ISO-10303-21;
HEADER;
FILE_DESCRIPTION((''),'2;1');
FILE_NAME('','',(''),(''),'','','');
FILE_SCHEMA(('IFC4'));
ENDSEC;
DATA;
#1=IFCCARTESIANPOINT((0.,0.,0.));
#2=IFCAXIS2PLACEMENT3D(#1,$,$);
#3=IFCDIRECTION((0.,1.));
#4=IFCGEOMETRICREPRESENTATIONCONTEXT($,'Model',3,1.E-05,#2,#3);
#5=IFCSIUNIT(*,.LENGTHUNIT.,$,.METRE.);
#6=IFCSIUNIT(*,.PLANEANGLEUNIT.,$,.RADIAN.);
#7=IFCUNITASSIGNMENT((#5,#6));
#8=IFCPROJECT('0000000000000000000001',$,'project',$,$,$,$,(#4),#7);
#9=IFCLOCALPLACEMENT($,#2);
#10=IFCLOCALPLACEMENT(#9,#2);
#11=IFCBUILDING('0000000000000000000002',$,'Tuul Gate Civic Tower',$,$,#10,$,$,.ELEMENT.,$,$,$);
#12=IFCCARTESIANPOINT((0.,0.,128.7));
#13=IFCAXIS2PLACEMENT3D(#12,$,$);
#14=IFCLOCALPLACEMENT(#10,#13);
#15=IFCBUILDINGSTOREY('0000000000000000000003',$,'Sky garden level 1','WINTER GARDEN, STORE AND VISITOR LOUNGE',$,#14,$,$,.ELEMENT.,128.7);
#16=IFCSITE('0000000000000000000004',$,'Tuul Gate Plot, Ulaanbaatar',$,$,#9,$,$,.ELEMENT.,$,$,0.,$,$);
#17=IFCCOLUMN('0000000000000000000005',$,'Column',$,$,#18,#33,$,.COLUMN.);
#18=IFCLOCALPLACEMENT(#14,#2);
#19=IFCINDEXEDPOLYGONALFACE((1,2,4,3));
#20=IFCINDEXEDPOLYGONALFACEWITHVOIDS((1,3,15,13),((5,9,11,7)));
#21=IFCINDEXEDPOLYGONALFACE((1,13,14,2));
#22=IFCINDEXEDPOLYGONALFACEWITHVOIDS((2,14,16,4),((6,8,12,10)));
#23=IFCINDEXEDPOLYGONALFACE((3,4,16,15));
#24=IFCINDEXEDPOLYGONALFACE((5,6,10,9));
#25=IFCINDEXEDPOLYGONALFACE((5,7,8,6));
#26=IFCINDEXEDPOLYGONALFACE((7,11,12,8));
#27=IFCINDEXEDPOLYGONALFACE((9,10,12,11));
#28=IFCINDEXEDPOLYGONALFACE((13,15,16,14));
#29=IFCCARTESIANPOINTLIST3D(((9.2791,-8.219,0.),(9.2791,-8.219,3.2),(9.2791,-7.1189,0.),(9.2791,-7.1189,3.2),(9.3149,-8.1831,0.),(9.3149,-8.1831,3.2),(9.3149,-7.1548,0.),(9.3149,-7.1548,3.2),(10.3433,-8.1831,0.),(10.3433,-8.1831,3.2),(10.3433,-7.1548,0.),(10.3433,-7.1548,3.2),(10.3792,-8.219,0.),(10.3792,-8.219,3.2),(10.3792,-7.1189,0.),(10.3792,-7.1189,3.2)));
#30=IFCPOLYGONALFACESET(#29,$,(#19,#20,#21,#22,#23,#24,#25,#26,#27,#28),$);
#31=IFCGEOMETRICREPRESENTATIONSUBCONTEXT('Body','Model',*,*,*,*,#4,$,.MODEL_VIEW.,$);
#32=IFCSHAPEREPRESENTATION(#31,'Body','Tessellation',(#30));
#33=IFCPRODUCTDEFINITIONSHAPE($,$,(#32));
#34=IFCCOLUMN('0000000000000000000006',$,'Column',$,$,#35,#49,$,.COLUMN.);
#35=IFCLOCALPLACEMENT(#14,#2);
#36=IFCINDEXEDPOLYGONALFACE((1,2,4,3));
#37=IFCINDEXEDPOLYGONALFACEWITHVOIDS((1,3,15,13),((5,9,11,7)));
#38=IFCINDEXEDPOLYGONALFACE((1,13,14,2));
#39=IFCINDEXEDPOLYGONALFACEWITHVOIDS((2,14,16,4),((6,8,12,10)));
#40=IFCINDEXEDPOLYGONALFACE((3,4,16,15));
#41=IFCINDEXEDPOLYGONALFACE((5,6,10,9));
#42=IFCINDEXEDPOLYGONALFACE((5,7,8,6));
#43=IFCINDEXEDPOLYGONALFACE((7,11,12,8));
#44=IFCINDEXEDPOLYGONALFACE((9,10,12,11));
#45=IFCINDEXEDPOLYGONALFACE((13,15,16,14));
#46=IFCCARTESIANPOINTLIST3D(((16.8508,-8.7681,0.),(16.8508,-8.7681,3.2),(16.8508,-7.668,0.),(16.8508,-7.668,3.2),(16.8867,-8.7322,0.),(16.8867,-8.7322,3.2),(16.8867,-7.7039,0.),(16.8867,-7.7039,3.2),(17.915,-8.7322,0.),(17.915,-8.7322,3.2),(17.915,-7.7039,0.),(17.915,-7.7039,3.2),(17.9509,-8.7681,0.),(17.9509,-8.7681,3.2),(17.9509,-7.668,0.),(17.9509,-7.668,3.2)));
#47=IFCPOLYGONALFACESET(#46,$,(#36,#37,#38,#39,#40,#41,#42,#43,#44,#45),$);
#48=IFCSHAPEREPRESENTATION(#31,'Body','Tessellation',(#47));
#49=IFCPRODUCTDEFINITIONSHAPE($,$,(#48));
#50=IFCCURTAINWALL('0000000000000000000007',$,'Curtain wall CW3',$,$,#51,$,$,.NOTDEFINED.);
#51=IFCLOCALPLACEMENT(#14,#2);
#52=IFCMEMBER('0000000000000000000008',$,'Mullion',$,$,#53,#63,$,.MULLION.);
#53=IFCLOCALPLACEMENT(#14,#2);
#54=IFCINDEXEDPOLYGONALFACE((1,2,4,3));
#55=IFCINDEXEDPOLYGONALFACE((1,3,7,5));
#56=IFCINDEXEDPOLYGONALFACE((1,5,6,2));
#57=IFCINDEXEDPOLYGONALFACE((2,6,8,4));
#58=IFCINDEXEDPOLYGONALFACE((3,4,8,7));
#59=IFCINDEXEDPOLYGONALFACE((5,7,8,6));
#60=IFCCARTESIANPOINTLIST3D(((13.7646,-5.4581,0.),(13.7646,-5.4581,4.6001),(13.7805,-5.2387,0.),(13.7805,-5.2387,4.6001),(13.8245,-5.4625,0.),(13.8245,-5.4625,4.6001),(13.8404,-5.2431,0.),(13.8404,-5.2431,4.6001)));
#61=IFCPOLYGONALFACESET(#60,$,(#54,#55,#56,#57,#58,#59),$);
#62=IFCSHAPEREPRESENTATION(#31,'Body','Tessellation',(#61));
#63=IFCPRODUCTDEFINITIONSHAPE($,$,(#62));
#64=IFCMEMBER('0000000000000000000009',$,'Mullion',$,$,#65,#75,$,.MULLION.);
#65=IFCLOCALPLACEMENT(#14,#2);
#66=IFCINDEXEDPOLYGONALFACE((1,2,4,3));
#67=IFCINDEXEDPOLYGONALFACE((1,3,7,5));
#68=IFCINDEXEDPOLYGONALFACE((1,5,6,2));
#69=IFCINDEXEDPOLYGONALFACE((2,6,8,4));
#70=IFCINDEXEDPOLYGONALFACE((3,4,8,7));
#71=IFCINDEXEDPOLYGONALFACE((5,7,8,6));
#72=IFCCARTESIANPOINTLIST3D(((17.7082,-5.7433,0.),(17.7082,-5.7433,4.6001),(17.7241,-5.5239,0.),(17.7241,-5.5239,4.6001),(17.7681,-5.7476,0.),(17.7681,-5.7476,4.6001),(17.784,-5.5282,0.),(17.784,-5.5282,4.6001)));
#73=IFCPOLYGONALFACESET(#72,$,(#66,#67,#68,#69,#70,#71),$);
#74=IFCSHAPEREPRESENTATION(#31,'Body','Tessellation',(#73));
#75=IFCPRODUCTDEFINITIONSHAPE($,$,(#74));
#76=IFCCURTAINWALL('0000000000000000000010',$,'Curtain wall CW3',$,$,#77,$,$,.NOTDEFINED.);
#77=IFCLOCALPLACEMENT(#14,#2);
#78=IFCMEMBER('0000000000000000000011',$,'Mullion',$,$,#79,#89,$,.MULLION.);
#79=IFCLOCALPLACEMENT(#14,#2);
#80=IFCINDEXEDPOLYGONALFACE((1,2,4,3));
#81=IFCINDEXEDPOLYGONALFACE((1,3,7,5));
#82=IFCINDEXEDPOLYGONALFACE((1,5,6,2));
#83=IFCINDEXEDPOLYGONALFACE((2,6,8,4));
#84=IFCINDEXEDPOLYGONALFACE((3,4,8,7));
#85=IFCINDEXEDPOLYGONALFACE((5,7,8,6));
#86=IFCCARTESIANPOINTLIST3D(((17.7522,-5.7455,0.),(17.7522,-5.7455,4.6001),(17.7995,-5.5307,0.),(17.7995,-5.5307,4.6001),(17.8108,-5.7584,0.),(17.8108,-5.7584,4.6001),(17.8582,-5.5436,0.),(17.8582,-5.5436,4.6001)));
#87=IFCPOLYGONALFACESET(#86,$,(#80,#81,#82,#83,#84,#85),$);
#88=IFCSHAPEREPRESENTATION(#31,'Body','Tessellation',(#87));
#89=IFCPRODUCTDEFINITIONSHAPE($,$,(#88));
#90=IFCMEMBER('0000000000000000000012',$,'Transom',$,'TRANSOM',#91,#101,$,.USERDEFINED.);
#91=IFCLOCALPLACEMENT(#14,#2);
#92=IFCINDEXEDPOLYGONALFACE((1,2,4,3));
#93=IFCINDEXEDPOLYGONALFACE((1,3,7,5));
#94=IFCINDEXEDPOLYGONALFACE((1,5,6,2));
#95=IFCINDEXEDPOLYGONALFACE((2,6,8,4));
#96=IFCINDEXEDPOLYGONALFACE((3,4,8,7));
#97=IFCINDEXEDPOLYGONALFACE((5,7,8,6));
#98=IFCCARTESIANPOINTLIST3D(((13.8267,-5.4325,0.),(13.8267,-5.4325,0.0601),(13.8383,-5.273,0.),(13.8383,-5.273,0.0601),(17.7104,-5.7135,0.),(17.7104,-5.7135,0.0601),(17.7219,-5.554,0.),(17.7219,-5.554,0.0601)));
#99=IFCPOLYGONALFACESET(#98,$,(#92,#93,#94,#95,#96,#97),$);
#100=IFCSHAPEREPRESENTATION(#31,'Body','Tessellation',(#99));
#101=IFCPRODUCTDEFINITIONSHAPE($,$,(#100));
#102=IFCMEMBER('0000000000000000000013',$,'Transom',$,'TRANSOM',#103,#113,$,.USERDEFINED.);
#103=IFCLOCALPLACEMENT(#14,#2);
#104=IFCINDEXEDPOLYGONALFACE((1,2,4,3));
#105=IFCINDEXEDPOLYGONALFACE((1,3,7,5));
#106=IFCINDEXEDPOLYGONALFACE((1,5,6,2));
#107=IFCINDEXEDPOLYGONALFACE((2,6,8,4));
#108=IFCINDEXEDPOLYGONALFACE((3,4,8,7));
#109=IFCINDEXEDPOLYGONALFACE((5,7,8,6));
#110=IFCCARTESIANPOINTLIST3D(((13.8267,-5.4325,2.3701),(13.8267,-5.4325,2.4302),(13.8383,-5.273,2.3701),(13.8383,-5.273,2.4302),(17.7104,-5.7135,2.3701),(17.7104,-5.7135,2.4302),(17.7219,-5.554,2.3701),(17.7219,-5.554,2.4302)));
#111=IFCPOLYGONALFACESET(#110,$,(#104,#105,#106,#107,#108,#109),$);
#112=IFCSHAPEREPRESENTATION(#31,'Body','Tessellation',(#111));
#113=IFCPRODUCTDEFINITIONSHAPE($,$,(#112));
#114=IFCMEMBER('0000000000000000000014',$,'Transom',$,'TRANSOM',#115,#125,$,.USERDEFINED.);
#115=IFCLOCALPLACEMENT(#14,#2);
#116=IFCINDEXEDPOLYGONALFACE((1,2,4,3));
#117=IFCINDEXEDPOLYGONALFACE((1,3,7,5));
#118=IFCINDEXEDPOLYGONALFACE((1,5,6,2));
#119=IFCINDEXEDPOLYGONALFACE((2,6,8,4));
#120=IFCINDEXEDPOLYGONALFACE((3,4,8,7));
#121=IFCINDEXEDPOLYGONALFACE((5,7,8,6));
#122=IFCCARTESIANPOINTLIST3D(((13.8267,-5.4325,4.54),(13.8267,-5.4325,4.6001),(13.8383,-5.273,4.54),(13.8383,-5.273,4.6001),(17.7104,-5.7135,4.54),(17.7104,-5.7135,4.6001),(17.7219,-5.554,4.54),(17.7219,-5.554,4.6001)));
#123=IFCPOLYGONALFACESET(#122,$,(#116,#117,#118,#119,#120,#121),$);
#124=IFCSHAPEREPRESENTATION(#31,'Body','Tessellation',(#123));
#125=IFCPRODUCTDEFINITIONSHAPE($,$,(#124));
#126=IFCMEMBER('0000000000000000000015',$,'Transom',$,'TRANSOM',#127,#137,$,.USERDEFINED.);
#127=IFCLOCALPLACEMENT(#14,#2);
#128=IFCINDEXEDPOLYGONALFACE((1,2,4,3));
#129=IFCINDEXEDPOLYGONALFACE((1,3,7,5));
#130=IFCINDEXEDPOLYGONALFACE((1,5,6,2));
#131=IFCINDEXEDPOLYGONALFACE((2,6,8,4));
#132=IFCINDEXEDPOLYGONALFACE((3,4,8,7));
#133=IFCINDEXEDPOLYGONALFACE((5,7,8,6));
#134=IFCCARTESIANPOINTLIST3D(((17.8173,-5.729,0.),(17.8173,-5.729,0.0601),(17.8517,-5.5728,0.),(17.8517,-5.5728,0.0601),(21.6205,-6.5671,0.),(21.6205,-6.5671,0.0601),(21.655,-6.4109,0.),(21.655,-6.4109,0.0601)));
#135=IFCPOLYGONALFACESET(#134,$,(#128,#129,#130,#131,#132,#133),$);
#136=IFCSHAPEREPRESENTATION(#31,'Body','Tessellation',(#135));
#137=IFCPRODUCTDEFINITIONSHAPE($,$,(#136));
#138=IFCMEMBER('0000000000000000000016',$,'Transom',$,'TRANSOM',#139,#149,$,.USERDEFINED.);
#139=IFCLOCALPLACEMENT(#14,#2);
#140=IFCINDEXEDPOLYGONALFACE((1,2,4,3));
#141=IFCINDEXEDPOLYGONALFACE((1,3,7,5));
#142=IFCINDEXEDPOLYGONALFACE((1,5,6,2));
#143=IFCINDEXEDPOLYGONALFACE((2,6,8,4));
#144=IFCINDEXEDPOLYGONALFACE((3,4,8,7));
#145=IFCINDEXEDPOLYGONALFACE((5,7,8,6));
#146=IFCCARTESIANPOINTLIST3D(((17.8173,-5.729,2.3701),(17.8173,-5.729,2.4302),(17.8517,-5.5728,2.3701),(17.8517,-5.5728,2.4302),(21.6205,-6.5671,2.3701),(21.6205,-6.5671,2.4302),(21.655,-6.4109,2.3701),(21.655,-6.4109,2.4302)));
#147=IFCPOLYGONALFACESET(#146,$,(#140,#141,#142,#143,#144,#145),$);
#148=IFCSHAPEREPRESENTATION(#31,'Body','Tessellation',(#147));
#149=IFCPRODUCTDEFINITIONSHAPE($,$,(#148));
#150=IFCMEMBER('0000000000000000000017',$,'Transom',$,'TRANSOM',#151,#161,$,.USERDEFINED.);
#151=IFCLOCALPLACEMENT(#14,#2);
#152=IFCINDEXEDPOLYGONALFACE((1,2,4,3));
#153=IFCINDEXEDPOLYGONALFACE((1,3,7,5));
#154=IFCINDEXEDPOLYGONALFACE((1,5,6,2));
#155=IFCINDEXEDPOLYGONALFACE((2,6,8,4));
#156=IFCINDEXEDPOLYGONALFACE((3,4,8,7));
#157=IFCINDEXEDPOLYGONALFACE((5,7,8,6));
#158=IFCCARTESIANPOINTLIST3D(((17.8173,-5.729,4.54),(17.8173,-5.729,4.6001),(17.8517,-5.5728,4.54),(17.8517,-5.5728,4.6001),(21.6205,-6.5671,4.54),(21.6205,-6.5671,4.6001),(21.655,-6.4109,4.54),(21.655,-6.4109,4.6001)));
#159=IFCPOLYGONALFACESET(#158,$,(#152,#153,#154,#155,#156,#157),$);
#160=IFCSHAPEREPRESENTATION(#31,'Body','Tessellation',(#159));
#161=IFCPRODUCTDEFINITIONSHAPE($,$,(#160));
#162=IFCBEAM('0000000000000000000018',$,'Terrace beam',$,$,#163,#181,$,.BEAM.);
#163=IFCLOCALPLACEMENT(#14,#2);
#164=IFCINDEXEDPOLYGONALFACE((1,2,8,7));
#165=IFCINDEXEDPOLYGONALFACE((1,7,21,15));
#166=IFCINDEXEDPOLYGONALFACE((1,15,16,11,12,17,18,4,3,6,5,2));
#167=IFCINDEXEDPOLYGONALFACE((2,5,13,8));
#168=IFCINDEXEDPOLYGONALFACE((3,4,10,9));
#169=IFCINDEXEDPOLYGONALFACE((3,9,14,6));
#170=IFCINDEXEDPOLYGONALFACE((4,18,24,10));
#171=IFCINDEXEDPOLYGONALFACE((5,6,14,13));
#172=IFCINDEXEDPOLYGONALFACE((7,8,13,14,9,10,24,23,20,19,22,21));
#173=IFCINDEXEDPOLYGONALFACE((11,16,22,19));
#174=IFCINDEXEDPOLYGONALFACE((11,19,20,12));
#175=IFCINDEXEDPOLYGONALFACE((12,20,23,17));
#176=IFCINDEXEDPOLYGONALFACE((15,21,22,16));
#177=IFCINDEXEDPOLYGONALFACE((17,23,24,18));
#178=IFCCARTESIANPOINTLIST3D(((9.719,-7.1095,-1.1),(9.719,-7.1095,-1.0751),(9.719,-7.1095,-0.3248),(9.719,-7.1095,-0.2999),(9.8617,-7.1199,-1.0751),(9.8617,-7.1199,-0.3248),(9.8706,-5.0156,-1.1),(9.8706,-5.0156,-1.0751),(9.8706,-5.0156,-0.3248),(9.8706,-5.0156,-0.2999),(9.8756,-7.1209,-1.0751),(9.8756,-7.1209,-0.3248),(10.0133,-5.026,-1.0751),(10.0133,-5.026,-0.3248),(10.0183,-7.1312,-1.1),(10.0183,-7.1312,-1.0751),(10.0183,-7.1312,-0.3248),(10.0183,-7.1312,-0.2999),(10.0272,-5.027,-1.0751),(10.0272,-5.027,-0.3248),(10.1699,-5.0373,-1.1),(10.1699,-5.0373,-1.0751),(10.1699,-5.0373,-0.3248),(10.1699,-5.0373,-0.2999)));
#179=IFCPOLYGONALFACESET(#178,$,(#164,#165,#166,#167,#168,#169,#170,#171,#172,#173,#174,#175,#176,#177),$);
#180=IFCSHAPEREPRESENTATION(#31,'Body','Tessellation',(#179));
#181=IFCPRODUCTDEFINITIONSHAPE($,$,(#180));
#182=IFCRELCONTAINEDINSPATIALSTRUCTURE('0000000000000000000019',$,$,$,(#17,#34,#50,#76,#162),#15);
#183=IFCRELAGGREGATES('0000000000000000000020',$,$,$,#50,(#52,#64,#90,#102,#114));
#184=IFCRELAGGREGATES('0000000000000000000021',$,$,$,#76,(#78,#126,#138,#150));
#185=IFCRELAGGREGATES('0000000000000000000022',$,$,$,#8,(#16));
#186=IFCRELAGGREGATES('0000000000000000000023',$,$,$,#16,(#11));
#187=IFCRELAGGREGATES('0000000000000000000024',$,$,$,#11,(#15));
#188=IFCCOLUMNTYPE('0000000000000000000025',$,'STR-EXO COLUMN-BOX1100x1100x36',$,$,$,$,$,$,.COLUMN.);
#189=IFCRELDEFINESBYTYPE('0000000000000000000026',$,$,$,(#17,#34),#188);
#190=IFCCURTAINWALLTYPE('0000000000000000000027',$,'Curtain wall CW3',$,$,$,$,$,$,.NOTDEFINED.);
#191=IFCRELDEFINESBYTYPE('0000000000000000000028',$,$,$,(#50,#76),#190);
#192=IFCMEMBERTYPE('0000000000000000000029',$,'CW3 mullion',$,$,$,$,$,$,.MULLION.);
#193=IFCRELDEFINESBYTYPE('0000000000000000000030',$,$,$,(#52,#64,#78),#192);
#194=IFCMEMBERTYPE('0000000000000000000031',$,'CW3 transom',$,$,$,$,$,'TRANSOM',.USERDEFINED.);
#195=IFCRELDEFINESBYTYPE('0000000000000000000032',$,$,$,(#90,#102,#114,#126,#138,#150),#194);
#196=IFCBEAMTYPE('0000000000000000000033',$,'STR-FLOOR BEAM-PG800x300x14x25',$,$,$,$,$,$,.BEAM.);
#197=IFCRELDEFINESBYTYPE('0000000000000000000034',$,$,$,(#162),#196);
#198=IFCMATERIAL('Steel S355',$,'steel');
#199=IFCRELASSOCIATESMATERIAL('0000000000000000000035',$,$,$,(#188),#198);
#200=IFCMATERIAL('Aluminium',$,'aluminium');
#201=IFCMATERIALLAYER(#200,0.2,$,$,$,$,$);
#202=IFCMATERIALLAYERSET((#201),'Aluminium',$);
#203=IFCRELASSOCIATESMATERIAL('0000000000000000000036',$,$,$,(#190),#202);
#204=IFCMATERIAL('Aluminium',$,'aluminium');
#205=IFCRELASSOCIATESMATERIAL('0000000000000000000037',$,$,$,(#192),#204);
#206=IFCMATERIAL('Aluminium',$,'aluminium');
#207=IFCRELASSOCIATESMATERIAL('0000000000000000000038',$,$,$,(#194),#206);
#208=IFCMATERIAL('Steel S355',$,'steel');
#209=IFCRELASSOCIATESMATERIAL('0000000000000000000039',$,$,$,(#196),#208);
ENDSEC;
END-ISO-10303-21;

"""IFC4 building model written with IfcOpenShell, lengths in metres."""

from ifc_helpers import new_model, si_unit, direction, frame, origin, origin_2d, place, context, subcontext, project, spatial, rectangle, hollow_rectangle, i_section, extrude, material, layer, layer_set, material_profile, profile_set, type_object, element, aggregate, save


model = new_model("IFC4")

# Units and contexts
model_context = context("Model", 3, precision=1e-05, world=origin(), true_north=direction((0.0, 1.0)))
body_context = subcontext(model_context, "Body", "Model", "MODEL_VIEW")
ifc_project = project(units=[si_unit("LENGTHUNIT", "METRE"), si_unit("PLANEANGLEUNIT", "RADIAN")], contexts=[model_context])

# Site, building, storey
site_placement = place(None, origin())
site = spatial("IfcSite", under=ifc_project, at=site_placement, Name="Tuul Gate Plot, Ulaanbaatar", CompositionType="ELEMENT", RefElevation=0.0)
building_placement = place(site_placement, origin())
building = spatial("IfcBuilding", under=site, at=building_placement, Name="Tuul Gate Civic Tower", CompositionType="ELEMENT")
storey_placement = place(building_placement, frame((0.0, 0.0, 128.7)))
storey = spatial("IfcBuildingStorey", under=building, at=storey_placement, Name="Sky garden level 1", Description="WINTER GARDEN, STORE AND VISITOR LOUNGE", CompositionType="ELEMENT", Elevation=128.7)

# Columns
ifc_material_1 = material(Name="Steel S355", Category="steel")
ifc_material_profile_1 = material_profile(ifc_material_1, hollow_rectangle(XDim=1.1001, YDim=1.1001, WallThickness=0.0359, at=origin_2d()), Name="BOX1100x1100x36")
ifc_profile_set_1 = profile_set([ifc_material_profile_1], Name="Steel S355")
column_type = type_object("IfcColumnType", Name="STR-EXO COLUMN-BOX1100x1100x36", PredefinedType="COLUMN", material=ifc_profile_set_1)
for number, where, z_axis, x_axis, name in (
    (1, (9.8291, -7.6689, 0.0), (0.0, 0.0, 1.0), (1.0, 0.0, 0.0), "Column"),
    (2, (17.4009, -8.218, 0.0), (0.0, 0.0, 1.0), (1.0, 0.0, 0.0), "Column"),
):
    element("IfcColumn", number, at=place(storey_placement, frame(where, z_axis=z_axis, x_axis=x_axis)), inside=storey, type_object=column_type, Name=name, PredefinedType="COLUMN", context=body_context, shape_type="SweptSolid", body=[
        extrude(hollow_rectangle(XDim=1.1001, YDim=1.1001, WallThickness=0.0359, at=origin_2d()), origin(), (0.0, 0.0, 1.0), 3.2),
    ])

# Curtain wall, members
ifc_material_2 = material(Name="Aluminium", Category="aluminium")
ifc_layer_1 = layer(ifc_material_2, 0.2)
ifc_layer_set_1 = layer_set([ifc_layer_1], Name="Aluminium")
curtain_wall_type = type_object("IfcCurtainWallType", Name="Curtain wall CW3", PredefinedType="NOTDEFINED", material=ifc_layer_set_1)
curtain_wall_1_placement = place(storey_placement, origin())
curtain_wall_1 = element("IfcCurtainWall", 3, at=curtain_wall_1_placement, inside=storey, type_object=curtain_wall_type, Name="Curtain wall CW3", PredefinedType="NOTDEFINED")
ifc_material_3 = material(Name="Aluminium", Category="aluminium")
ifc_material_profile_2 = material_profile(ifc_material_3, rectangle(XDim=0.22, YDim=0.0601, at=origin_2d()), Name="CW3 mullion")
ifc_profile_set_2 = profile_set([ifc_material_profile_2], Name="Aluminium")
member_type_1 = type_object("IfcMemberType", Name="CW3 mullion", PredefinedType="MULLION", material=ifc_profile_set_2)
member_1_placement = place(storey_placement, frame((13.8025, -5.3506, 0.0), z_axis=(0.0, 0.0, 1.0), x_axis=(0.072166, 0.997393, 0.0)))
member_1 = element("IfcMember", 4, at=member_1_placement, type_object=member_type_1, Name="Mullion", PredefinedType="MULLION", context=body_context, shape_type="SweptSolid", body=[
    extrude(rectangle(XDim=0.22, YDim=0.0601, at=origin_2d()), origin(), (0.0, 0.0, 1.0), 4.6001),
])
member_2_placement = place(storey_placement, frame((17.7461, -5.6357, 0.0), z_axis=(0.0, 0.0, 1.0), x_axis=(0.072166, 0.997393, 0.0)))
member_2 = element("IfcMember", 5, at=member_2_placement, type_object=member_type_1, Name="Mullion", PredefinedType="MULLION", context=body_context, shape_type="SweptSolid", body=[
    extrude(rectangle(XDim=0.22, YDim=0.0601, at=origin_2d()), origin(), (0.0, 0.0, 1.0), 4.6001),
])

# Curtain wall, member
curtain_wall_2_placement = place(storey_placement, origin())
curtain_wall_2 = element("IfcCurtainWall", 6, at=curtain_wall_2_placement, inside=storey, type_object=curtain_wall_type, Name="Curtain wall CW3", PredefinedType="NOTDEFINED")
member_3_placement = place(storey_placement, frame((17.8052, -5.6445, 0.0), z_axis=(0.0, 0.0, 1.0), x_axis=(0.215216, 0.976566, 0.0)))
member_3 = element("IfcMember", 7, at=member_3_placement, type_object=member_type_1, Name="Mullion", PredefinedType="MULLION", context=body_context, shape_type="SweptSolid", body=[
    extrude(rectangle(XDim=0.22, YDim=0.0601, at=origin_2d()), origin(), (0.0, 0.0, 1.0), 4.6001),
])

# Members
ifc_material_4 = material(Name="Aluminium", Category="aluminium")
ifc_material_profile_3 = material_profile(ifc_material_4, rectangle(XDim=0.1599, YDim=0.0601, at=origin_2d()), Name="CW3 transom")
ifc_profile_set_3 = profile_set([ifc_material_profile_3], Name="Aluminium")
member_type_2 = type_object("IfcMemberType", Name="CW3 transom", ElementType="TRANSOM", PredefinedType="USERDEFINED", material=ifc_profile_set_3)
member_4_placement = place(storey_placement, frame((13.8325, -5.3528, 0.03), z_axis=(0.997392, -0.072169, 0.0), x_axis=(0.072169, 0.997392, 0.0)))
member_4 = element("IfcMember", 8, at=member_4_placement, type_object=member_type_2, Name="Transom", ObjectType="TRANSOM", PredefinedType="USERDEFINED", context=body_context, shape_type="SweptSolid", body=[
    extrude(rectangle(XDim=0.1599, YDim=0.0601, at=origin_2d()), origin(), (0.0, 0.0, 1.0), 3.8938),
])
member_5_placement = place(storey_placement, frame((13.8325, -5.3528, 2.4001), z_axis=(0.997392, -0.072169, 0.0), x_axis=(0.072169, 0.997392, 0.0)))
member_5 = element("IfcMember", 9, at=member_5_placement, type_object=member_type_2, Name="Transom", ObjectType="TRANSOM", PredefinedType="USERDEFINED", context=body_context, shape_type="SweptSolid", body=[
    extrude(rectangle(XDim=0.1599, YDim=0.0601, at=origin_2d()), origin(), (0.0, 0.0, 1.0), 3.8938),
])
member_6_placement = place(storey_placement, frame((13.8325, -5.3528, 4.5701), z_axis=(0.997392, -0.072169, 0.0), x_axis=(0.072169, 0.997392, 0.0)))
member_6 = element("IfcMember", 10, at=member_6_placement, type_object=member_type_2, Name="Transom", ObjectType="TRANSOM", PredefinedType="USERDEFINED", context=body_context, shape_type="SweptSolid", body=[
    extrude(rectangle(XDim=0.1599, YDim=0.0601, at=origin_2d()), origin(), (0.0, 0.0, 1.0), 3.8938),
])
member_7_placement = place(storey_placement, frame((17.8345, -5.6509, 0.03), z_axis=(0.976568, -0.215211, 0.0), x_axis=(0.215211, 0.976568, 0.0)))
member_7 = element("IfcMember", 11, at=member_7_placement, type_object=member_type_2, Name="Transom", ObjectType="TRANSOM", PredefinedType="USERDEFINED", context=body_context, shape_type="SweptSolid", body=[
    extrude(rectangle(XDim=0.1599, YDim=0.0601, at=origin_2d()), origin(), (0.0, 0.0, 1.0), 3.8945),
])
member_8_placement = place(storey_placement, frame((17.8345, -5.6509, 2.4001), z_axis=(0.976568, -0.215211, 0.0), x_axis=(0.215211, 0.976568, 0.0)))
member_8 = element("IfcMember", 12, at=member_8_placement, type_object=member_type_2, Name="Transom", ObjectType="TRANSOM", PredefinedType="USERDEFINED", context=body_context, shape_type="SweptSolid", body=[
    extrude(rectangle(XDim=0.1599, YDim=0.0601, at=origin_2d()), origin(), (0.0, 0.0, 1.0), 3.8945),
])
member_9_placement = place(storey_placement, frame((17.8345, -5.6509, 4.5701), z_axis=(0.976568, -0.215211, 0.0), x_axis=(0.215211, 0.976568, 0.0)))
member_9 = element("IfcMember", 13, at=member_9_placement, type_object=member_type_2, Name="Transom", ObjectType="TRANSOM", PredefinedType="USERDEFINED", context=body_context, shape_type="SweptSolid", body=[
    extrude(rectangle(XDim=0.1599, YDim=0.0601, at=origin_2d()), origin(), (0.0, 0.0, 1.0), 3.8945),
])

# Beam
ifc_material_5 = material(Name="Steel S355", Category="steel")
ifc_material_profile_4 = material_profile(ifc_material_5, i_section(OverallWidth=0.3, OverallDepth=0.8, WebThickness=0.0139, FlangeThickness=0.0249, at=origin_2d()), Name="PG800x300x14x25")
ifc_profile_set_4 = profile_set([ifc_material_profile_4], Name="Steel S355")
beam_type_1 = type_object("IfcBeamType", Name="STR-FLOOR BEAM-PG800x300x14x25", PredefinedType="BEAM", material=ifc_profile_set_4)
beam_1_placement = place(storey_placement, frame((9.8687, -7.1204, -0.7), z_axis=(0.072214, 0.997389, 0.0), x_axis=(-0.997389, 0.072214, 0.0)))
element("IfcBeam", 14, at=beam_1_placement, inside=storey, type_object=beam_type_1, Name="Terrace beam", PredefinedType="BEAM", context=body_context, shape_type="SweptSolid", body=[
    extrude(i_section(OverallWidth=0.3, OverallDepth=0.8, WebThickness=0.0139, FlangeThickness=0.0249, at=origin_2d()), origin(), (0.0, 0.0, 1.0), 2.0994),
])

aggregate(curtain_wall_1, [member_1, member_2, member_4, member_5, member_6])
aggregate(curtain_wall_2, [member_3, member_7, member_8, member_9])

save(model, "model.ifc")
